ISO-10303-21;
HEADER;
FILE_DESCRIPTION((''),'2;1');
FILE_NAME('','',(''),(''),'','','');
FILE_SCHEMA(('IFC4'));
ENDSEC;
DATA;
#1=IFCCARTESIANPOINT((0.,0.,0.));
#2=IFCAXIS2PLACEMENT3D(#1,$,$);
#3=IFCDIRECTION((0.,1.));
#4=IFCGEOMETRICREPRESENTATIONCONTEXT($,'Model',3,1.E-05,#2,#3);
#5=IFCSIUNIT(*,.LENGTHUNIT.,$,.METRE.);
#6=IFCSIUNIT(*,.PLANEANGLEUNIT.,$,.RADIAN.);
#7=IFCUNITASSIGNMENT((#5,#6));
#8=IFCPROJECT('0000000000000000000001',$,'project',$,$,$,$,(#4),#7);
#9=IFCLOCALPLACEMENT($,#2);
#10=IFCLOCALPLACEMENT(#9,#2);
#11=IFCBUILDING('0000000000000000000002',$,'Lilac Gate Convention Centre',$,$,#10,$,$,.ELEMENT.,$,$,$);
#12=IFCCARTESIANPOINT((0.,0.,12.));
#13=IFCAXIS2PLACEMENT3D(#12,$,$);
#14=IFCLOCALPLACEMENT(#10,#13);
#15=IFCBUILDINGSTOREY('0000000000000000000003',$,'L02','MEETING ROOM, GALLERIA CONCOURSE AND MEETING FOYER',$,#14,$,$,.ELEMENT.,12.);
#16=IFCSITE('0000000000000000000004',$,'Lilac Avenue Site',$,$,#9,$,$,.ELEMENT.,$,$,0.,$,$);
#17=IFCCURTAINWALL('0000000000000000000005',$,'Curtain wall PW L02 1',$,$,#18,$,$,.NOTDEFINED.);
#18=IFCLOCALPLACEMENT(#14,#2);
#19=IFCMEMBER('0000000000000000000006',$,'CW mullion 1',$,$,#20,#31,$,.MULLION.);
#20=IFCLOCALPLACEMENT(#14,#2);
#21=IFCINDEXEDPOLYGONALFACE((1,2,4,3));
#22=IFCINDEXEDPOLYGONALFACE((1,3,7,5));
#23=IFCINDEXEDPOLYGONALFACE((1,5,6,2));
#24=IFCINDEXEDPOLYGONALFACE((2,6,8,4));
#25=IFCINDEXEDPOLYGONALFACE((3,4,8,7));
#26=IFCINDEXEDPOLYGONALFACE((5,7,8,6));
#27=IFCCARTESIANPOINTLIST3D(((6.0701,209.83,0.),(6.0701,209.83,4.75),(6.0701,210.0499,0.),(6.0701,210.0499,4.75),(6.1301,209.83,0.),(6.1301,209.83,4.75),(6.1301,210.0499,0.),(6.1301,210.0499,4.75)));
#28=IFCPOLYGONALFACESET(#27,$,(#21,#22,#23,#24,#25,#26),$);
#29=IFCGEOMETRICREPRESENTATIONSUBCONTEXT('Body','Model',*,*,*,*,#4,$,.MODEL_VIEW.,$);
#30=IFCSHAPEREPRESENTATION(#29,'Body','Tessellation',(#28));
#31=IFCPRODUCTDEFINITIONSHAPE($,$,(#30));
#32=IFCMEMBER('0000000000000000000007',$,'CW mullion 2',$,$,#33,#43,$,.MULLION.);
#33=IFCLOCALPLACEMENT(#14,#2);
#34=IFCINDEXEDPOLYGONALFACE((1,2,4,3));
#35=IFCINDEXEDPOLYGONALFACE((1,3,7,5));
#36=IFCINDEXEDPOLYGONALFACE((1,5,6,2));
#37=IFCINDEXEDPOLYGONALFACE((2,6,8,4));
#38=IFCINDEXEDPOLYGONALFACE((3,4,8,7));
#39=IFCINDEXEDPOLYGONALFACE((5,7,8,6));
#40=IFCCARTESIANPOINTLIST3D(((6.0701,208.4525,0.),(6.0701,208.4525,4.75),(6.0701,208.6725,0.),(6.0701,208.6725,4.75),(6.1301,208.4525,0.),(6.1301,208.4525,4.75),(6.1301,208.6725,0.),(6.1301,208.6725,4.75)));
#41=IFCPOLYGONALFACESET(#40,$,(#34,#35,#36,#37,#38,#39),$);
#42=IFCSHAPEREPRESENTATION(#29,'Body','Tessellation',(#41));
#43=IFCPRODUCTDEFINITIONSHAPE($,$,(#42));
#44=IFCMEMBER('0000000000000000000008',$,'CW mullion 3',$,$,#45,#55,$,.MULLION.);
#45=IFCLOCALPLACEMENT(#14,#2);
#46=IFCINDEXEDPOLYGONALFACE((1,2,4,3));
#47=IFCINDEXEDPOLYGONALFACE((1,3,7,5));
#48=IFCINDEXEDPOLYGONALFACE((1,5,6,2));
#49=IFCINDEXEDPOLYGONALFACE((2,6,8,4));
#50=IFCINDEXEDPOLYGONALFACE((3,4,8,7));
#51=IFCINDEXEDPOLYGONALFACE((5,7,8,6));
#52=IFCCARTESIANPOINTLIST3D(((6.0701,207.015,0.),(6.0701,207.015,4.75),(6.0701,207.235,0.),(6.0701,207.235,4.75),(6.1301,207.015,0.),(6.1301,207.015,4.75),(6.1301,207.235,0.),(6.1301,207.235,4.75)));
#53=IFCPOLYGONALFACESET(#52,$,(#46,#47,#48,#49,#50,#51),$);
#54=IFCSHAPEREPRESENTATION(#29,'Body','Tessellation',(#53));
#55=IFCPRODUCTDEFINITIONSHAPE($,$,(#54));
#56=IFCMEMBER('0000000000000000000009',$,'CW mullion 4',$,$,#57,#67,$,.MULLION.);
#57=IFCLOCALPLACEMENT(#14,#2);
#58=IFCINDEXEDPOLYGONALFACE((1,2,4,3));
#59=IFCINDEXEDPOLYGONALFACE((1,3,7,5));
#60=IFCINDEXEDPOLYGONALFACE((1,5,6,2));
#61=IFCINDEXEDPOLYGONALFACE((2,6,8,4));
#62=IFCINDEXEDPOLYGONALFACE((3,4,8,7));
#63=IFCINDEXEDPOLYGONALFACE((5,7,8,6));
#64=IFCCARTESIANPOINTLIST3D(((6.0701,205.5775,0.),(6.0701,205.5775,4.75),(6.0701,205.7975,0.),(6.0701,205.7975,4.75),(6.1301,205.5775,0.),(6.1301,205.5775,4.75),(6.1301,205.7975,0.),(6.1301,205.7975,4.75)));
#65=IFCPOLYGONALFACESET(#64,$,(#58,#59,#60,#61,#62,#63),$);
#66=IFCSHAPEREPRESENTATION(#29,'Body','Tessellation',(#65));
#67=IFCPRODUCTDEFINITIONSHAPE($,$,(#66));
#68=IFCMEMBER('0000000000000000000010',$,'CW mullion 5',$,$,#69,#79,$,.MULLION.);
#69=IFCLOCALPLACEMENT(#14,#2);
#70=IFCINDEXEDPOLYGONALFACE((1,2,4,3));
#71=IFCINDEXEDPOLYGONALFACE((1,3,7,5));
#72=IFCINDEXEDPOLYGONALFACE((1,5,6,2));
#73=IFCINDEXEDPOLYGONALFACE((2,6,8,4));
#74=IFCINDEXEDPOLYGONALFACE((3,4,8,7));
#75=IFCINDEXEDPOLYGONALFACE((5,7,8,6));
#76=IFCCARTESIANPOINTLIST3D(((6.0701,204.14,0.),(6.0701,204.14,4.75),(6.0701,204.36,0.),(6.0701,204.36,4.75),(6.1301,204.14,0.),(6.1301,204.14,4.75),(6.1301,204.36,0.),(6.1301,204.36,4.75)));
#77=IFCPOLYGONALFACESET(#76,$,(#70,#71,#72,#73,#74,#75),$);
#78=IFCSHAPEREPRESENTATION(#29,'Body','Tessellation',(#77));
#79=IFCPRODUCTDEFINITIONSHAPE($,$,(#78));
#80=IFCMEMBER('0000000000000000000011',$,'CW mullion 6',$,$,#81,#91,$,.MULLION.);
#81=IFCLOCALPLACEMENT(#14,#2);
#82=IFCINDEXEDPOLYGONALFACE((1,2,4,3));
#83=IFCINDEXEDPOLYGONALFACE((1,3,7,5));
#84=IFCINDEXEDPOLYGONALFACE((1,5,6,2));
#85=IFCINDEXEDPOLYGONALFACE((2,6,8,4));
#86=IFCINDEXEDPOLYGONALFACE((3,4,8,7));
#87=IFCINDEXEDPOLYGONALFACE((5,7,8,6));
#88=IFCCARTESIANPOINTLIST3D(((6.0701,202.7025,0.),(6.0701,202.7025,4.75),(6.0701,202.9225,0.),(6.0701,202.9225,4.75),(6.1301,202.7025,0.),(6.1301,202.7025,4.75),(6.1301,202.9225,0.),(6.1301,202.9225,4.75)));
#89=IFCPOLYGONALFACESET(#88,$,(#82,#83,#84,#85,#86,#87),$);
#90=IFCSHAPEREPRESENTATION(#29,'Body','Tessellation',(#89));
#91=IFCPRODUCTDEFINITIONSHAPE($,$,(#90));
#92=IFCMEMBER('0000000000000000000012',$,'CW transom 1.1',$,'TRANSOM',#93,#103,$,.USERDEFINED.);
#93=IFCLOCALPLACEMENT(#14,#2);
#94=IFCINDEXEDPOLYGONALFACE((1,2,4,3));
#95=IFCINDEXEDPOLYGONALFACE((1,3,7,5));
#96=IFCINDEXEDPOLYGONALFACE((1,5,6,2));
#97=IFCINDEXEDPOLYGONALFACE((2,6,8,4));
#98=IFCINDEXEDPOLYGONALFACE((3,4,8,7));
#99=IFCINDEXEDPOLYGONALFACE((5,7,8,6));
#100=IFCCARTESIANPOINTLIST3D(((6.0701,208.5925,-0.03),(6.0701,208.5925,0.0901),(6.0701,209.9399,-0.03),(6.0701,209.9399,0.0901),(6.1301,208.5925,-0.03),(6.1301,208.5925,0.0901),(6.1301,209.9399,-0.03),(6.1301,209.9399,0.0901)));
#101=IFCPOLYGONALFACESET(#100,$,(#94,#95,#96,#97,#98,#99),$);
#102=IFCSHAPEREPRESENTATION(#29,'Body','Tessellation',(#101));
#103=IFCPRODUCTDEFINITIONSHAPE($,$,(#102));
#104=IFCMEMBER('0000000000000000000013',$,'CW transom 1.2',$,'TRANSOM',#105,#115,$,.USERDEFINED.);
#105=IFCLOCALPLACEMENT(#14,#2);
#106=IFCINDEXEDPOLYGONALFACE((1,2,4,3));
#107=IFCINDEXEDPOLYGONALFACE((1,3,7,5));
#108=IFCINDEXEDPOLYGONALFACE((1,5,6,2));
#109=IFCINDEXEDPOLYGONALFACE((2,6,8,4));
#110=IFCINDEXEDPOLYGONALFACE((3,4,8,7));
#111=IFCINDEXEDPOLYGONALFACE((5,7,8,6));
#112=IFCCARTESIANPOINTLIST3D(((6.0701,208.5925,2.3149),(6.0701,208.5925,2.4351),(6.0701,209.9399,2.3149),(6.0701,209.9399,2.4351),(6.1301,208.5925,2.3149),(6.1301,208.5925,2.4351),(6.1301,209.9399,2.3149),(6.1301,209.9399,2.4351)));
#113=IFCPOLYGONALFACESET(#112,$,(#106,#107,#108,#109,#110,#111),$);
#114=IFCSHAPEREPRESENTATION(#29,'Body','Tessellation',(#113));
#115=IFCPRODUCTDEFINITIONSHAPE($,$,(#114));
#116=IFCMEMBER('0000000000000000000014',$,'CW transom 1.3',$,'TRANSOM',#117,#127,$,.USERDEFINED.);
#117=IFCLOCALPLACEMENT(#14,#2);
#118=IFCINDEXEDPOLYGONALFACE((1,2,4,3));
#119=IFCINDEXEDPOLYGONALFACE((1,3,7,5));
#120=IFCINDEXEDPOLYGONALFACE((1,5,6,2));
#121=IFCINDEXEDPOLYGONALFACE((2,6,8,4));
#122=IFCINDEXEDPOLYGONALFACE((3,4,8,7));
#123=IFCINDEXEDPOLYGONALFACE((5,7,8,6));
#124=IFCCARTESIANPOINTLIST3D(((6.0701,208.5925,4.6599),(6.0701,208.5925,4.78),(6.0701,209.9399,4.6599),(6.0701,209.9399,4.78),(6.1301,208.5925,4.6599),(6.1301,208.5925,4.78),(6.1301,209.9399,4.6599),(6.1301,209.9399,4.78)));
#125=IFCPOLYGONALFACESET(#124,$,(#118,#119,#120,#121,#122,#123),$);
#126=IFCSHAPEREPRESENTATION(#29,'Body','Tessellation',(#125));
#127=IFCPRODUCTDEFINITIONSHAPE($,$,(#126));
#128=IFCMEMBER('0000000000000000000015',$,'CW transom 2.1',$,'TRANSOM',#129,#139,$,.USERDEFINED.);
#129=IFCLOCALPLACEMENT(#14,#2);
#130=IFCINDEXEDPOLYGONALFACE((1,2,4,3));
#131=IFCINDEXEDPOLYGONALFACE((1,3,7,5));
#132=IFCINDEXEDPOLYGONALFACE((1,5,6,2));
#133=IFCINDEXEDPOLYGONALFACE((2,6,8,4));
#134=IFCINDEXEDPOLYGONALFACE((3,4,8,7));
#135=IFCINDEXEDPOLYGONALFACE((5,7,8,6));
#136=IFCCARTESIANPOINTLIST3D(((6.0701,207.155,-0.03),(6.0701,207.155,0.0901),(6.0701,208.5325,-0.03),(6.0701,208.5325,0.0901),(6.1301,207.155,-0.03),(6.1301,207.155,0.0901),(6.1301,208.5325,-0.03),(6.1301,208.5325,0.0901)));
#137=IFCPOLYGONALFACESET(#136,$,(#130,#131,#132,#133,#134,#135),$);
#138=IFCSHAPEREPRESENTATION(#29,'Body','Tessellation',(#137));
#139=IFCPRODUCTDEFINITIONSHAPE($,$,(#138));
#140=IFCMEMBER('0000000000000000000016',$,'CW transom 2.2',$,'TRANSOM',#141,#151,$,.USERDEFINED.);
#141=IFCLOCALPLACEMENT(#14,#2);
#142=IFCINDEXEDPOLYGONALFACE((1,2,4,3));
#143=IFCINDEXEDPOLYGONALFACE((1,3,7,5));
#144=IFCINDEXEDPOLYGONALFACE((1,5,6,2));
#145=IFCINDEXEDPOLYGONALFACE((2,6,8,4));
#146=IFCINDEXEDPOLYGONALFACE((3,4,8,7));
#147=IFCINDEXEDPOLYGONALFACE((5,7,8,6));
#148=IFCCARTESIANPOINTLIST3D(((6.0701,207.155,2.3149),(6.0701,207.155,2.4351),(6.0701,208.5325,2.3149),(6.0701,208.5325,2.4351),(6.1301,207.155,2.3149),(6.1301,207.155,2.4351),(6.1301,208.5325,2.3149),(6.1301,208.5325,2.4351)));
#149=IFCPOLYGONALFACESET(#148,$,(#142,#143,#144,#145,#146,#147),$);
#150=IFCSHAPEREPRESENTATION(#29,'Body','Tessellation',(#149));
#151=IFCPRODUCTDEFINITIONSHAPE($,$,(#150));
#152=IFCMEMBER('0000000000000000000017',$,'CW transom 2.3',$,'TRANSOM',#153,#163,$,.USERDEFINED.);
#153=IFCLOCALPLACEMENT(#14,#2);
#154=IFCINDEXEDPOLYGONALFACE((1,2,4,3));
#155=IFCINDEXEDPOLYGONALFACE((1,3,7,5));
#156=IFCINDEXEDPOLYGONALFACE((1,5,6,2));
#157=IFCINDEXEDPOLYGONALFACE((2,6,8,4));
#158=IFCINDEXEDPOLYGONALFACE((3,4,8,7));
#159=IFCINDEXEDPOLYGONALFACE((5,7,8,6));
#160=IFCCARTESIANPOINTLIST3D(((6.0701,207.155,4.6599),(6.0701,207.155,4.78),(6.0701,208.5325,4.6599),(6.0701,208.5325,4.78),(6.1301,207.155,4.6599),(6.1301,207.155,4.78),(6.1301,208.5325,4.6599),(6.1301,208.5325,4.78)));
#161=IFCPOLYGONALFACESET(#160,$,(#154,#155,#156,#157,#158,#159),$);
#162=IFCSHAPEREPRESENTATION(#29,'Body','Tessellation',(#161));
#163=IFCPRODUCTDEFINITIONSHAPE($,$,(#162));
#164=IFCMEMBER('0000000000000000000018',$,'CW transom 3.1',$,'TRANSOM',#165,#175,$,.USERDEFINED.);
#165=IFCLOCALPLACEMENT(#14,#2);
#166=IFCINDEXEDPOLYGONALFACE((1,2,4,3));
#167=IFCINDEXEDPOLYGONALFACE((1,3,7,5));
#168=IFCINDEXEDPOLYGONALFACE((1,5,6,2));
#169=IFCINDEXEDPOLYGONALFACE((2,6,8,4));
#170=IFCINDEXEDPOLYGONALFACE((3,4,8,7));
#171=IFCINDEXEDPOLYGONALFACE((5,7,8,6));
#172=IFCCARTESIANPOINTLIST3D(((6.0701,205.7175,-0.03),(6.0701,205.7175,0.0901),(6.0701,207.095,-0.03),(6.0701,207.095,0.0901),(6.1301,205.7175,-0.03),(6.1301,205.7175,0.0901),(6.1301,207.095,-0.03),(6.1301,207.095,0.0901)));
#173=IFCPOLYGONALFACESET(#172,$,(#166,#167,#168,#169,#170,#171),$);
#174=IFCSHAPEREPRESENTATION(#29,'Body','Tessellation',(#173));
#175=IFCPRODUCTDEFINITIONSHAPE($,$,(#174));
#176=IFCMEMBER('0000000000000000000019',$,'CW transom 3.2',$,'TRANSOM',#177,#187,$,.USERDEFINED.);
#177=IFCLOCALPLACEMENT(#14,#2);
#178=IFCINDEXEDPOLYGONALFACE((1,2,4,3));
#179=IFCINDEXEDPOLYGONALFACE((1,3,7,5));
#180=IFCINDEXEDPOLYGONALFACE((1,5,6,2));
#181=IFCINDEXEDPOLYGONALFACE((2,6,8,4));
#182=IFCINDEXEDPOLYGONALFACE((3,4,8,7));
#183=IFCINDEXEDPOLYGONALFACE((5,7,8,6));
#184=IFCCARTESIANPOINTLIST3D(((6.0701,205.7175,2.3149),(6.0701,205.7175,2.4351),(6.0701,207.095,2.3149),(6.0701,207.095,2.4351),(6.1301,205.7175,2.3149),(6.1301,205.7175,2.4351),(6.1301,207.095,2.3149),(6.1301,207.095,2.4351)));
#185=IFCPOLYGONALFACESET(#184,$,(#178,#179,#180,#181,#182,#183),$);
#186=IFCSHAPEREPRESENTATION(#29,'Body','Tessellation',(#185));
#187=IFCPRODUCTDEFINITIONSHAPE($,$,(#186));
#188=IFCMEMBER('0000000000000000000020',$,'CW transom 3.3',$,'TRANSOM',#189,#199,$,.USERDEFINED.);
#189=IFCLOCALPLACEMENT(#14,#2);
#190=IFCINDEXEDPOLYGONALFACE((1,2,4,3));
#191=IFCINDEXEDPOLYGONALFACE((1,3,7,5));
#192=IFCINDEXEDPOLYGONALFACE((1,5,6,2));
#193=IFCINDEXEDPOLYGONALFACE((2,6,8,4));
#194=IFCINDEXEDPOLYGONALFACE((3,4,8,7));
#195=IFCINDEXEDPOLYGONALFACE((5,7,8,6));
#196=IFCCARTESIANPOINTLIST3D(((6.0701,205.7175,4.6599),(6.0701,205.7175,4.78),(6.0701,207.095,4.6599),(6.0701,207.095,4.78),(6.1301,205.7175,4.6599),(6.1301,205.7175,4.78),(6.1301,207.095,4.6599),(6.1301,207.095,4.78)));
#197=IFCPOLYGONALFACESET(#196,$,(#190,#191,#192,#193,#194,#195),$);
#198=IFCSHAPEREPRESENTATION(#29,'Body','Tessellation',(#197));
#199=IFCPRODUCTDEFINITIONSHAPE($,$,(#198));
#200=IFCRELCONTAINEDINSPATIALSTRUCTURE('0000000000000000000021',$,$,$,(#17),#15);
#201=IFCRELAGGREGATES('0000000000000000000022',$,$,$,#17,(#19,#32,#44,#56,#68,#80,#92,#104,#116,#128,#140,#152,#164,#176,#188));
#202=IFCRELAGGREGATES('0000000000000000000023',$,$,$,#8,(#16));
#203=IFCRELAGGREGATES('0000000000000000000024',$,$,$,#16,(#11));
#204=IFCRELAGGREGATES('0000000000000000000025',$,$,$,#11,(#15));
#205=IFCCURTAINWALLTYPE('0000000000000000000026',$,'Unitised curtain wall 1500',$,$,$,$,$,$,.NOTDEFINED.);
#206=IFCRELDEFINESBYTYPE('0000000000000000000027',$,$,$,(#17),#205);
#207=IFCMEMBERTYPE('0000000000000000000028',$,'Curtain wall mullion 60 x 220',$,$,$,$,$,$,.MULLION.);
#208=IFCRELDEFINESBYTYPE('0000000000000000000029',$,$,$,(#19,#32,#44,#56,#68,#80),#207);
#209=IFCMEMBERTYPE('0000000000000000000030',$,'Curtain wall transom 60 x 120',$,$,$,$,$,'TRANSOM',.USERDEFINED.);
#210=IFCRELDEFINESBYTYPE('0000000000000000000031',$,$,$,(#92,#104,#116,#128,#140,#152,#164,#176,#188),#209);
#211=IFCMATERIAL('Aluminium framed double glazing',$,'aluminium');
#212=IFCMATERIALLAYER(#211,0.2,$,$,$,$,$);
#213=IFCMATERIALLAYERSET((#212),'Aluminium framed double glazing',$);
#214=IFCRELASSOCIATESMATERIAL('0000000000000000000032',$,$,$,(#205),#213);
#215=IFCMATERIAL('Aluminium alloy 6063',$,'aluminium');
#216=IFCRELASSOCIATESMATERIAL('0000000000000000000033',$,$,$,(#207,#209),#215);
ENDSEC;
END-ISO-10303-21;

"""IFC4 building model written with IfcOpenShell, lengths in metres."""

from ifc_helpers import new_model, si_unit, direction, frame, origin, origin_2d, place, context, subcontext, project, spatial, rectangle, extrude, material, layer, layer_set, material_profile, profile_set, type_object, element, aggregate, save


model = new_model("IFC4")

# Units and contexts
model_context = context("Model", 3, precision=1e-05, world=origin(), true_north=direction((0.0, 1.0)))
body_context = subcontext(model_context, "Body", "Model", "MODEL_VIEW")
ifc_project = project(units=[si_unit("LENGTHUNIT", "METRE"), si_unit("PLANEANGLEUNIT", "RADIAN")], contexts=[model_context])

# Site, building, storey
site_placement = place(None, origin())
site = spatial("IfcSite", under=ifc_project, at=site_placement, Name="Lilac Avenue Site", CompositionType="ELEMENT", RefElevation=0.0)
building_placement = place(site_placement, origin())
building = spatial("IfcBuilding", under=site, at=building_placement, Name="Lilac Gate Convention Centre", CompositionType="ELEMENT")
storey_placement = place(building_placement, frame((0.0, 0.0, 12.0)))
storey = spatial("IfcBuildingStorey", under=building, at=storey_placement, Name="L02", Description="MEETING ROOM, GALLERIA CONCOURSE AND MEETING FOYER", CompositionType="ELEMENT", Elevation=12.0)

# Curtain wall, members
ifc_material_1 = material(Name="Aluminium framed double glazing", Category="aluminium")
ifc_layer_1 = layer(ifc_material_1, 0.2)
ifc_layer_set_1 = layer_set([ifc_layer_1], Name="Aluminium framed double glazing")
curtain_wall_type = type_object("IfcCurtainWallType", Name="Unitised curtain wall 1500", PredefinedType="NOTDEFINED", material=ifc_layer_set_1)
curtain_wall_placement = place(storey_placement, origin())
curtain_wall = element("IfcCurtainWall", 1, at=curtain_wall_placement, inside=storey, type_object=curtain_wall_type, Name="Curtain wall PW L02 1", PredefinedType="NOTDEFINED")
ifc_material_2 = material(Name="Aluminium alloy 6063", Category="aluminium")
ifc_material_profile_1 = material_profile(ifc_material_2, rectangle(XDim=0.0601, YDim=0.22, at=origin_2d()), Name="Curtain wall mullion 60 x 220")
ifc_profile_set_1 = profile_set([ifc_material_profile_1], Name="Aluminium alloy 6063")
member_type_1 = type_object("IfcMemberType", Name="Curtain wall mullion 60 x 220", PredefinedType="MULLION", material=ifc_profile_set_1)
member_1_placement = place(storey_placement, frame((6.1001, 209.9399, 0.0), z_axis=(0.0, 0.0, 1.0), x_axis=(1.0, 0.0, 0.0)))
member_1 = element("IfcMember", 2, at=member_1_placement, type_object=member_type_1, Name="CW mullion 1", PredefinedType="MULLION", context=body_context, shape_type="SweptSolid", body=[
    extrude(rectangle(XDim=0.0601, YDim=0.22, at=origin_2d()), origin(), (0.0, 0.0, 1.0), 4.75),
])
member_2_placement = place(storey_placement, frame((6.1001, 208.5625, 0.0), z_axis=(0.0, 0.0, 1.0), x_axis=(1.0, 0.0, 0.0)))
member_2 = element("IfcMember", 3, at=member_2_placement, type_object=member_type_1, Name="CW mullion 2", PredefinedType="MULLION", context=body_context, shape_type="SweptSolid", body=[
    extrude(rectangle(XDim=0.0601, YDim=0.22, at=origin_2d()), origin(), (0.0, 0.0, 1.0), 4.75),
])
member_3_placement = place(storey_placement, frame((6.1001, 207.125, 0.0), z_axis=(0.0, 0.0, 1.0), x_axis=(1.0, 0.0, 0.0)))
member_3 = element("IfcMember", 4, at=member_3_placement, type_object=member_type_1, Name="CW mullion 3", PredefinedType="MULLION", context=body_context, shape_type="SweptSolid", body=[
    extrude(rectangle(XDim=0.0601, YDim=0.22, at=origin_2d()), origin(), (0.0, 0.0, 1.0), 4.75),
])
member_4_placement = place(storey_placement, frame((6.1001, 205.6875, 0.0), z_axis=(0.0, 0.0, 1.0), x_axis=(1.0, 0.0, 0.0)))
member_4 = element("IfcMember", 5, at=member_4_placement, type_object=member_type_1, Name="CW mullion 4", PredefinedType="MULLION", context=body_context, shape_type="SweptSolid", body=[
    extrude(rectangle(XDim=0.0601, YDim=0.22, at=origin_2d()), origin(), (0.0, 0.0, 1.0), 4.75),
])
member_5_placement = place(storey_placement, frame((6.1001, 204.25, 0.0), z_axis=(0.0, 0.0, 1.0), x_axis=(1.0, 0.0, 0.0)))
member_5 = element("IfcMember", 6, at=member_5_placement, type_object=member_type_1, Name="CW mullion 5", PredefinedType="MULLION", context=body_context, shape_type="SweptSolid", body=[
    extrude(rectangle(XDim=0.0601, YDim=0.22, at=origin_2d()), origin(), (0.0, 0.0, 1.0), 4.75),
])
member_6_placement = place(storey_placement, frame((6.1001, 202.8125, 0.0), z_axis=(0.0, 0.0, 1.0), x_axis=(1.0, 0.0, 0.0)))
member_6 = element("IfcMember", 7, at=member_6_placement, type_object=member_type_1, Name="CW mullion 6", PredefinedType="MULLION", context=body_context, shape_type="SweptSolid", body=[
    extrude(rectangle(XDim=0.0601, YDim=0.22, at=origin_2d()), origin(), (0.0, 0.0, 1.0), 4.75),
])
ifc_material_profile_2 = material_profile(ifc_material_2, rectangle(XDim=0.0601, YDim=0.1201, at=origin_2d()), Name="Curtain wall transom 60 x 120")
ifc_profile_set_2 = profile_set([ifc_material_profile_2], Name="Aluminium alloy 6063")
member_type_2 = type_object("IfcMemberType", Name="Curtain wall transom 60 x 120", ElementType="TRANSOM", PredefinedType="USERDEFINED", material=ifc_profile_set_2)
member_7_placement = place(storey_placement, frame((6.1001, 209.9399, 0.03), z_axis=(0.0, -1.0, 0.0), x_axis=(1.0, 0.0, 0.0)))
member_7 = element("IfcMember", 8, at=member_7_placement, type_object=member_type_2, Name="CW transom 1.1", ObjectType="TRANSOM", PredefinedType="USERDEFINED", context=body_context, shape_type="SweptSolid", body=[
    extrude(rectangle(XDim=0.0601, YDim=0.1201, at=origin_2d()), origin(), (0.0, 0.0, 1.0), 1.3474),
])
member_8_placement = place(storey_placement, frame((6.1001, 209.9399, 2.375), z_axis=(0.0, -1.0, 0.0), x_axis=(1.0, 0.0, 0.0)))
member_8 = element("IfcMember", 9, at=member_8_placement, type_object=member_type_2, Name="CW transom 1.2", ObjectType="TRANSOM", PredefinedType="USERDEFINED", context=body_context, shape_type="SweptSolid", body=[
    extrude(rectangle(XDim=0.0601, YDim=0.1201, at=origin_2d()), origin(), (0.0, 0.0, 1.0), 1.3474),
])
member_9_placement = place(storey_placement, frame((6.1001, 209.9399, 4.72), z_axis=(0.0, -1.0, 0.0), x_axis=(1.0, 0.0, 0.0)))
member_9 = element("IfcMember", 10, at=member_9_placement, type_object=member_type_2, Name="CW transom 1.3", ObjectType="TRANSOM", PredefinedType="USERDEFINED", context=body_context, shape_type="SweptSolid", body=[
    extrude(rectangle(XDim=0.0601, YDim=0.1201, at=origin_2d()), origin(), (0.0, 0.0, 1.0), 1.3474),
])
member_10_placement = place(storey_placement, frame((6.1001, 208.5325, 0.03), z_axis=(0.0, -1.0, 0.0), x_axis=(1.0, 0.0, 0.0)))
member_10 = element("IfcMember", 11, at=member_10_placement, type_object=member_type_2, Name="CW transom 2.1", ObjectType="TRANSOM", PredefinedType="USERDEFINED", context=body_context, shape_type="SweptSolid", body=[
    extrude(rectangle(XDim=0.0601, YDim=0.1201, at=origin_2d()), origin(), (0.0, 0.0, 1.0), 1.3774),
])
member_11_placement = place(storey_placement, frame((6.1001, 208.5325, 2.375), z_axis=(0.0, -1.0, 0.0), x_axis=(1.0, 0.0, 0.0)))
member_11 = element("IfcMember", 12, at=member_11_placement, type_object=member_type_2, Name="CW transom 2.2", ObjectType="TRANSOM", PredefinedType="USERDEFINED", context=body_context, shape_type="SweptSolid", body=[
    extrude(rectangle(XDim=0.0601, YDim=0.1201, at=origin_2d()), origin(), (0.0, 0.0, 1.0), 1.3774),
])
member_12_placement = place(storey_placement, frame((6.1001, 208.5325, 4.72), z_axis=(0.0, -1.0, 0.0), x_axis=(1.0, 0.0, 0.0)))
member_12 = element("IfcMember", 13, at=member_12_placement, type_object=member_type_2, Name="CW transom 2.3", ObjectType="TRANSOM", PredefinedType="USERDEFINED", context=body_context, shape_type="SweptSolid", body=[
    extrude(rectangle(XDim=0.0601, YDim=0.1201, at=origin_2d()), origin(), (0.0, 0.0, 1.0), 1.3774),
])
member_13_placement = place(storey_placement, frame((6.1001, 207.095, 0.03), z_axis=(0.0, -1.0, 0.0), x_axis=(1.0, 0.0, 0.0)))
member_13 = element("IfcMember", 14, at=member_13_placement, type_object=member_type_2, Name="CW transom 3.1", ObjectType="TRANSOM", PredefinedType="USERDEFINED", context=body_context, shape_type="SweptSolid", body=[
    extrude(rectangle(XDim=0.0601, YDim=0.1201, at=origin_2d()), origin(), (0.0, 0.0, 1.0), 1.3774),
])
member_14_placement = place(storey_placement, frame((6.1001, 207.095, 2.375), z_axis=(0.0, -1.0, 0.0), x_axis=(1.0, 0.0, 0.0)))
member_14 = element("IfcMember", 15, at=member_14_placement, type_object=member_type_2, Name="CW transom 3.2", ObjectType="TRANSOM", PredefinedType="USERDEFINED", context=body_context, shape_type="SweptSolid", body=[
    extrude(rectangle(XDim=0.0601, YDim=0.1201, at=origin_2d()), origin(), (0.0, 0.0, 1.0), 1.3774),
])
member_15_placement = place(storey_placement, frame((6.1001, 207.095, 4.72), z_axis=(0.0, -1.0, 0.0), x_axis=(1.0, 0.0, 0.0)))
member_15 = element("IfcMember", 16, at=member_15_placement, type_object=member_type_2, Name="CW transom 3.3", ObjectType="TRANSOM", PredefinedType="USERDEFINED", context=body_context, shape_type="SweptSolid", body=[
    extrude(rectangle(XDim=0.0601, YDim=0.1201, at=origin_2d()), origin(), (0.0, 0.0, 1.0), 1.3774),
])
aggregate(curtain_wall, [member_1, member_2, member_3, member_4, member_5, member_6, member_7, member_8, member_9, member_10, member_11, member_12, member_13, member_14, member_15])

save(model, "model.ifc")
